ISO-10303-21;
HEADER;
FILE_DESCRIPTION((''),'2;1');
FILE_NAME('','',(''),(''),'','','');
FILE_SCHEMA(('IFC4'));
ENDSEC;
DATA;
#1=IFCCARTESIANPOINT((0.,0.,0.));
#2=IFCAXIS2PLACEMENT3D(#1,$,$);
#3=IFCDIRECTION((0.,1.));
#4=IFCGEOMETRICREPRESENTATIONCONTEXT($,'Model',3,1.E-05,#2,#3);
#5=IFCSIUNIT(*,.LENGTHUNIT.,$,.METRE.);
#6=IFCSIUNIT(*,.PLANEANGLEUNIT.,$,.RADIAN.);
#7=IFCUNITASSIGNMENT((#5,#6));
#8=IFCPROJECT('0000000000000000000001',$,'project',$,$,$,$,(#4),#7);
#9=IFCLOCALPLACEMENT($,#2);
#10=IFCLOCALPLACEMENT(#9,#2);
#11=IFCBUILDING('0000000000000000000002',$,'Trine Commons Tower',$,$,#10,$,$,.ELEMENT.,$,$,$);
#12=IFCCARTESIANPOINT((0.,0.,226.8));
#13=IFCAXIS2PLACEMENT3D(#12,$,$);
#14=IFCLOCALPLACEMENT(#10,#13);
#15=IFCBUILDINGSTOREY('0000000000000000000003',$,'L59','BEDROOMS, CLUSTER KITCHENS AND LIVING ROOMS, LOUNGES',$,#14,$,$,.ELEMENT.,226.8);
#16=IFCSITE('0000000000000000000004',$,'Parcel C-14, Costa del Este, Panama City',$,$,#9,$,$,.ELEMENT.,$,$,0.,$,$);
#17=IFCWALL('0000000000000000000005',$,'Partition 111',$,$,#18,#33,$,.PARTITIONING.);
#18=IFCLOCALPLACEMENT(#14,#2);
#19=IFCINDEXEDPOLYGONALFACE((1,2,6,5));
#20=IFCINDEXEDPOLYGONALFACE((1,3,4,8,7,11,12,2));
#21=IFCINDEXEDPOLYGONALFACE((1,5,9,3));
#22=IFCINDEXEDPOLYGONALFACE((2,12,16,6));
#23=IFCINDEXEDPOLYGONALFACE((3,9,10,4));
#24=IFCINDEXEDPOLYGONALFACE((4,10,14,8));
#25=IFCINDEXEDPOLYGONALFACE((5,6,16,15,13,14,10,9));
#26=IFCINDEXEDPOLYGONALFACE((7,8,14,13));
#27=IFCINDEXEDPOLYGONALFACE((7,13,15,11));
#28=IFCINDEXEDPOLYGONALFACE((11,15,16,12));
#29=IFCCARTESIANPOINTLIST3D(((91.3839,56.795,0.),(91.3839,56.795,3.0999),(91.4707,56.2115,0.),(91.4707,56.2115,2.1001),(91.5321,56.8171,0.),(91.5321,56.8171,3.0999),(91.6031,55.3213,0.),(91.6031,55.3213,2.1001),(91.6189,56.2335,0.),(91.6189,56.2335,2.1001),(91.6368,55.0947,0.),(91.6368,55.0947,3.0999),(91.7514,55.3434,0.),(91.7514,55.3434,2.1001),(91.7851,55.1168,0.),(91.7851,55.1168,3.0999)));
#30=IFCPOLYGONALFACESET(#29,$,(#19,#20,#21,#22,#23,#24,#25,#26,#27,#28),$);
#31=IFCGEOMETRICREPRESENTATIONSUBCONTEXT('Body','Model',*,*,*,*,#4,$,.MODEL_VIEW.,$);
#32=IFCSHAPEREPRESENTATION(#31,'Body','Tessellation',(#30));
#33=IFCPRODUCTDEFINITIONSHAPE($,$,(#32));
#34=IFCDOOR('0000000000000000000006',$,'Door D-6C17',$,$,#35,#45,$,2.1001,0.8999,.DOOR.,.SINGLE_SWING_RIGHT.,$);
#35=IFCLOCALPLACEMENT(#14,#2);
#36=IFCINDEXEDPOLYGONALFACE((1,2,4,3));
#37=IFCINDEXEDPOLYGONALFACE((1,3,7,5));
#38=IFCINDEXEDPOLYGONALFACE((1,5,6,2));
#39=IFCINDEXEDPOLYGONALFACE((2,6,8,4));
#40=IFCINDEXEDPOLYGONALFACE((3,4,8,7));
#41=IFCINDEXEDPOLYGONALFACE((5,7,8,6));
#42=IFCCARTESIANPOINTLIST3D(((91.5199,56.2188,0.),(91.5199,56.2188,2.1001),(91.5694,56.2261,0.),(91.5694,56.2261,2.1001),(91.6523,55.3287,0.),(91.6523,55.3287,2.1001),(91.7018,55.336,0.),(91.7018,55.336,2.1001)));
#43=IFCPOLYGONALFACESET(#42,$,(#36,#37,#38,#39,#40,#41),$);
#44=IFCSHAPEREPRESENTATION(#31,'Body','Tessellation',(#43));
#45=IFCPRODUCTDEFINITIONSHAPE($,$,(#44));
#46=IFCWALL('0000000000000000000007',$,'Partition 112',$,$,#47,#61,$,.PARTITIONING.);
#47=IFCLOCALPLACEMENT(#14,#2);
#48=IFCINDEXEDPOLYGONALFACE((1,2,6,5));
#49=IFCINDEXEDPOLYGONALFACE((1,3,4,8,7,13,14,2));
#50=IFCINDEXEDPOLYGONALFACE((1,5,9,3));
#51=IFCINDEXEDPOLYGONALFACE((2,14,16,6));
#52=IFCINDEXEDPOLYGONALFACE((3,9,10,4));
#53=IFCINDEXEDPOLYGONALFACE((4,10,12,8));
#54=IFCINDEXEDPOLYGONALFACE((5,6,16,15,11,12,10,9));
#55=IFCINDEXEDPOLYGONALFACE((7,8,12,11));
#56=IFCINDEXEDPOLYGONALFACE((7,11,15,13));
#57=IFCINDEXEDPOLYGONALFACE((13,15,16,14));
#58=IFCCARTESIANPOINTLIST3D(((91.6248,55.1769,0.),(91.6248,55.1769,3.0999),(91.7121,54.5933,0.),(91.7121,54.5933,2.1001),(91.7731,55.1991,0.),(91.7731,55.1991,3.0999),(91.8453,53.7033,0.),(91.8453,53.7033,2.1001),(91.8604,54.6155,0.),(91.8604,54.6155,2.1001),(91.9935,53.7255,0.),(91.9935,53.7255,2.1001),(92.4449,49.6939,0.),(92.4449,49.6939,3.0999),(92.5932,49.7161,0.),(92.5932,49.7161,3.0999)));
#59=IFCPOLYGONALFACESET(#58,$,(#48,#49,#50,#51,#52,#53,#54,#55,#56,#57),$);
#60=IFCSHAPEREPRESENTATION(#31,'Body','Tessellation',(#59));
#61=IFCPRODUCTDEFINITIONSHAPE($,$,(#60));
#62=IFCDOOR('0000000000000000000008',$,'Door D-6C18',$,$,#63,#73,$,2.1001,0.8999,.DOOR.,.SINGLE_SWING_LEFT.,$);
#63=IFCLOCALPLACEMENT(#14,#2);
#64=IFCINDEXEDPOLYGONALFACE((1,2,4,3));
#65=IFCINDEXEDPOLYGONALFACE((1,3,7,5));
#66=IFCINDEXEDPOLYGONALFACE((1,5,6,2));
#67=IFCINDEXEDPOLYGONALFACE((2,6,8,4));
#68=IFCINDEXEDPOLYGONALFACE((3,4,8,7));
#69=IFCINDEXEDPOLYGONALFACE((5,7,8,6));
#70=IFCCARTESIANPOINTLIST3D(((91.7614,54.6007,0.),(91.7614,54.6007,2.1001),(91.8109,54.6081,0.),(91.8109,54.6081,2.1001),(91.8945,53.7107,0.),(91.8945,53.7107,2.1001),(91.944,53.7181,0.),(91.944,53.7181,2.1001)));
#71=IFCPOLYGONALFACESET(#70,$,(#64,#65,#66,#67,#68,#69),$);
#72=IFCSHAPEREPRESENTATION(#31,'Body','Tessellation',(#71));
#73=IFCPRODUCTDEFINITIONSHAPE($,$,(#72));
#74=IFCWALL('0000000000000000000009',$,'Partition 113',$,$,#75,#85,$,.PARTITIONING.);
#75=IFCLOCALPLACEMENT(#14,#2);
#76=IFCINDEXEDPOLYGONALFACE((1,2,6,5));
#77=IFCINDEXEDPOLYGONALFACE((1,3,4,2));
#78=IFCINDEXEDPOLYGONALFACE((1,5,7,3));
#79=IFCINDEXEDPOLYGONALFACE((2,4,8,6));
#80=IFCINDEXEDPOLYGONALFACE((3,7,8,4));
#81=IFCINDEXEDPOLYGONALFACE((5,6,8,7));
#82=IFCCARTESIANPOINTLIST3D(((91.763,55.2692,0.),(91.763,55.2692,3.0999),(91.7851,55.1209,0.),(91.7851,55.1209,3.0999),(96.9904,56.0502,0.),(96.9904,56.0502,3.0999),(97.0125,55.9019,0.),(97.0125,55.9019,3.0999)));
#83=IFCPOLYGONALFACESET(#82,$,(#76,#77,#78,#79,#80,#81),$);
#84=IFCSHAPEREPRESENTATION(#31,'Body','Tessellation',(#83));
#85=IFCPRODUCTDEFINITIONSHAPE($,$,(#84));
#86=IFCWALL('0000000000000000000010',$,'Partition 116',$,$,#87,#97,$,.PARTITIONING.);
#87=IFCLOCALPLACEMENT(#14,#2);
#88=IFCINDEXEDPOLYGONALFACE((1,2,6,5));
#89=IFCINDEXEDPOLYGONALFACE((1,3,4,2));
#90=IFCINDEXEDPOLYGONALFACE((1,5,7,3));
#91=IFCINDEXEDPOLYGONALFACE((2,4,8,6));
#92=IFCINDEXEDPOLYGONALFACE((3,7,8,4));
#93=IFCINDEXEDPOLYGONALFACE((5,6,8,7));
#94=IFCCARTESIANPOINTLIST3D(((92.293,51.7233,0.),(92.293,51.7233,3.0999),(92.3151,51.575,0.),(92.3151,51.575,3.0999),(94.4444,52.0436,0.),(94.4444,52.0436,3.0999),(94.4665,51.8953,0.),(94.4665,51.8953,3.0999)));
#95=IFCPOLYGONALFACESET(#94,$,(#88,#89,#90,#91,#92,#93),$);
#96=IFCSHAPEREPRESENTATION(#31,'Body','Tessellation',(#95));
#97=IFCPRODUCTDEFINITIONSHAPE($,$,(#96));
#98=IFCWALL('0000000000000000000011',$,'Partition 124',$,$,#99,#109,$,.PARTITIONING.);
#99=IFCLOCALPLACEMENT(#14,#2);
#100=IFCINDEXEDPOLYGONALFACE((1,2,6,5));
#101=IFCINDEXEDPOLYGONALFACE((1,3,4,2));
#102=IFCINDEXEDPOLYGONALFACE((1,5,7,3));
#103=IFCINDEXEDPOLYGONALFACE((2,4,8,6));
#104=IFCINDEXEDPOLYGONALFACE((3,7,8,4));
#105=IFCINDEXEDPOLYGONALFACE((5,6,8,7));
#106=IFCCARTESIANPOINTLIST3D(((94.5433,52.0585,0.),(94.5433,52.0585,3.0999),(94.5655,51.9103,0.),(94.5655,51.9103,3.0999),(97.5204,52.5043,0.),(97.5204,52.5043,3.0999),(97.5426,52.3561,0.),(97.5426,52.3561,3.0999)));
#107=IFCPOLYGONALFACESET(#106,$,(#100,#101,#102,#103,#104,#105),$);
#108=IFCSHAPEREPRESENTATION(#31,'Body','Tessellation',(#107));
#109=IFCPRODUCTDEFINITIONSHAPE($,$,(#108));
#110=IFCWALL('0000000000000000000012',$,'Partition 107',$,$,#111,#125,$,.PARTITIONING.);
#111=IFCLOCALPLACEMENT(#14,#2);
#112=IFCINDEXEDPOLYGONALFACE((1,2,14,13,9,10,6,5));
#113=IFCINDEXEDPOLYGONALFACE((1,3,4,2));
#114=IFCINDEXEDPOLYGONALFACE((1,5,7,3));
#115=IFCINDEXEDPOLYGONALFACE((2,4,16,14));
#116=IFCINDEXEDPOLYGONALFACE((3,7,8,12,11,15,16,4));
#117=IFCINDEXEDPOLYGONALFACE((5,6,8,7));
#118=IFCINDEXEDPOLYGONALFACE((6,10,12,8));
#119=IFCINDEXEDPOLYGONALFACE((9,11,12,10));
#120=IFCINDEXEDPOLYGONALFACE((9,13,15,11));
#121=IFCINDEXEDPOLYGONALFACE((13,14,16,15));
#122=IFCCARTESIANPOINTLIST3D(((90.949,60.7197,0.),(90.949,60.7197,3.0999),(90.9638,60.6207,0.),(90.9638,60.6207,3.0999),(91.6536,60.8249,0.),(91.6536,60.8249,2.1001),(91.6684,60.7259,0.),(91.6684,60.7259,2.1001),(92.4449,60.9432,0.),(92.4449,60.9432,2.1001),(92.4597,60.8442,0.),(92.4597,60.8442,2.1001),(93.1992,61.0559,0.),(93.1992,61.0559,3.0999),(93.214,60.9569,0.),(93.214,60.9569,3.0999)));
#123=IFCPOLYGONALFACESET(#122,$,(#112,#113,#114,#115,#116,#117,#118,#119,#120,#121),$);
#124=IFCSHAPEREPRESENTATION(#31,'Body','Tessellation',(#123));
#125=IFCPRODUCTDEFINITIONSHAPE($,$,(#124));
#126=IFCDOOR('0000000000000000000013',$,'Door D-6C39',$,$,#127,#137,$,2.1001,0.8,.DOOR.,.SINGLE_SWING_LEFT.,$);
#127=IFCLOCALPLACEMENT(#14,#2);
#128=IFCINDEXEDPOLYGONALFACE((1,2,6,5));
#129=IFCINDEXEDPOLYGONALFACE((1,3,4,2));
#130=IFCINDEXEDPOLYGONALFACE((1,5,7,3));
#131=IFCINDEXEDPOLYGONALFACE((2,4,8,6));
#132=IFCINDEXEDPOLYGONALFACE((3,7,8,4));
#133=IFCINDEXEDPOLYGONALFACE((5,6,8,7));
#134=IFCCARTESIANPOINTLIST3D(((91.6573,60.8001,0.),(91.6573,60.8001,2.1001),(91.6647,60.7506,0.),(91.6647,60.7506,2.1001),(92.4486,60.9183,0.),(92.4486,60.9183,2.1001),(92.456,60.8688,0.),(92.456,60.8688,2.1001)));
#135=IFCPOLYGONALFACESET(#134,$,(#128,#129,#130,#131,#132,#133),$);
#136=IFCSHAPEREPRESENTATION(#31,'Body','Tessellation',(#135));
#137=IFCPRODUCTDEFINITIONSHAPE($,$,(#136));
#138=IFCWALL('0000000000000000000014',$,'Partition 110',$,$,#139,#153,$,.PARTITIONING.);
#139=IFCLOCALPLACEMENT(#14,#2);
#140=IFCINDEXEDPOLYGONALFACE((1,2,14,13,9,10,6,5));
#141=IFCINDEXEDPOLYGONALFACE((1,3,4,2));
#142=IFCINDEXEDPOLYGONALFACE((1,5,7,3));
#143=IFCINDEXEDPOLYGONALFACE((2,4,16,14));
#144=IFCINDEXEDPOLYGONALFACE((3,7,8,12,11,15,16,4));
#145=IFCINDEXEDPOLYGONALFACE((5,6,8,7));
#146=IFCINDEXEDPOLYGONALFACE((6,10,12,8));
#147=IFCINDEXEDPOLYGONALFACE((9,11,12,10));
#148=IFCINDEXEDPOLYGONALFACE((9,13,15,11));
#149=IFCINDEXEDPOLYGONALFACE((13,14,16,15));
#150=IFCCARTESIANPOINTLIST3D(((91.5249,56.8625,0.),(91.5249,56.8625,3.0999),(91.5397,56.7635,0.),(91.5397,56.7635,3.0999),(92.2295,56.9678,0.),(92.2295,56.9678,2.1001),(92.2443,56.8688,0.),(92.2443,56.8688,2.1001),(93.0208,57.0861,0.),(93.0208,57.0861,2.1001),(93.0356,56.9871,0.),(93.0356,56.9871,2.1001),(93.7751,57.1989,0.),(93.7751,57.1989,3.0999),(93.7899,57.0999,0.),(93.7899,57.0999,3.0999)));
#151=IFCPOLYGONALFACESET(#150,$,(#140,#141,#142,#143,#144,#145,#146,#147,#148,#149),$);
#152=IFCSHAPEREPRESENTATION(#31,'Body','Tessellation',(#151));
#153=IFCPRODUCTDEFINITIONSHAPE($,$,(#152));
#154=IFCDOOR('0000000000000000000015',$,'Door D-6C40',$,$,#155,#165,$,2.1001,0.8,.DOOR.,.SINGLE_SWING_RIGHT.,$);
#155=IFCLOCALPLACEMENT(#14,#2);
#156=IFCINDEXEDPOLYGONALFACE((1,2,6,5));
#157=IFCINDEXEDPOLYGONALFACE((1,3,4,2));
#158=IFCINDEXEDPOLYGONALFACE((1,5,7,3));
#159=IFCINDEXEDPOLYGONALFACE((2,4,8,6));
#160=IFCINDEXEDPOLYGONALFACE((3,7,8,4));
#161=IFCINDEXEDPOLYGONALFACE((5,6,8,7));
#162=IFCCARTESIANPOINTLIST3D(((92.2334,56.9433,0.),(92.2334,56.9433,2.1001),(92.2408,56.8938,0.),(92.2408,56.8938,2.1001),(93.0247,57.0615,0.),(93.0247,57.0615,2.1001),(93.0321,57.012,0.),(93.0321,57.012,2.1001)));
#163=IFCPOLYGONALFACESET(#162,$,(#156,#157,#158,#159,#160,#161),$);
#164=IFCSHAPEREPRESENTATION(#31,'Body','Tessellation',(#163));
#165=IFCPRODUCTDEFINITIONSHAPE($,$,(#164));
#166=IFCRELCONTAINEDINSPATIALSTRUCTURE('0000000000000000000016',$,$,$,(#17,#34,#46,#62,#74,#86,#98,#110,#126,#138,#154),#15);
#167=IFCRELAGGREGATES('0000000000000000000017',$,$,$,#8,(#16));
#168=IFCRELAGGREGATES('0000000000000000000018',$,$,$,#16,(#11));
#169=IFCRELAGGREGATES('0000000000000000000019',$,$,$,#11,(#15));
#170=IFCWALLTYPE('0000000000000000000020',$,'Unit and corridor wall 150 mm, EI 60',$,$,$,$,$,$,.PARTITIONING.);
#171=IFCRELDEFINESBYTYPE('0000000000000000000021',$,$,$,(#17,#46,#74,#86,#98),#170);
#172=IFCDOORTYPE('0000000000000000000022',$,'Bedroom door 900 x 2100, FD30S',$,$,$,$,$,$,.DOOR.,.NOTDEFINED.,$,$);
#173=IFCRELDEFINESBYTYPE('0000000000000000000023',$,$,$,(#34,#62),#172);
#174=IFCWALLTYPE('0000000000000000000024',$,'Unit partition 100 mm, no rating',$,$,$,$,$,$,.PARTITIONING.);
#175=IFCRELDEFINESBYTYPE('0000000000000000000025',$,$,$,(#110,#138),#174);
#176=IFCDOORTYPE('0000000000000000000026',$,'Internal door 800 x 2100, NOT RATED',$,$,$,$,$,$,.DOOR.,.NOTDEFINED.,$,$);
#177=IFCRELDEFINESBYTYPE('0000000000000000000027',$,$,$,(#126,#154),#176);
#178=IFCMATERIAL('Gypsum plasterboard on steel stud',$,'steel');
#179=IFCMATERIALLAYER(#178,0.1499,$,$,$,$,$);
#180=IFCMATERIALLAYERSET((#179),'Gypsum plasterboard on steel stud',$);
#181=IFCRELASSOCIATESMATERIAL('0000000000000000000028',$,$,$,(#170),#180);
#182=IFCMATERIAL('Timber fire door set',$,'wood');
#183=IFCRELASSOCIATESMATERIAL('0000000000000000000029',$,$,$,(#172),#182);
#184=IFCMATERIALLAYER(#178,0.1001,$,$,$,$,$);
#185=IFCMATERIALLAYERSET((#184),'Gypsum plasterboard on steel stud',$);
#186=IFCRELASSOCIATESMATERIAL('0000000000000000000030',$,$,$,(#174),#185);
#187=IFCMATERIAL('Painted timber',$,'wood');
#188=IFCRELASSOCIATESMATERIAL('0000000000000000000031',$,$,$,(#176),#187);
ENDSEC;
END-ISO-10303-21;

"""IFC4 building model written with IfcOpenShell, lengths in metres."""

from ifc_helpers import new_model, si_unit, direction, frame, frame_2d, origin, place, context, subcontext, project, spatial, rectangle, extrude, material, layer, layer_set, type_object, element, fill, save


model = new_model("IFC4")

# Units and contexts
model_context = context("Model", 3, precision=1e-05, world=origin(), true_north=direction((0.0, 1.0)))
body_context = subcontext(model_context, "Body", "Model", "MODEL_VIEW")
ifc_project = project(units=[si_unit("LENGTHUNIT", "METRE"), si_unit("PLANEANGLEUNIT", "RADIAN")], contexts=[model_context])

# Site, building, storey
site_placement = place(None, origin())
site = spatial("IfcSite", under=ifc_project, at=site_placement, Name="Parcel C-14, Costa del Este, Panama City", CompositionType="ELEMENT", RefElevation=0.0)
building_placement = place(site_placement, origin())
building = spatial("IfcBuilding", under=site, at=building_placement, Name="Trine Commons Tower", CompositionType="ELEMENT")
storey_placement = place(building_placement, frame((0.0, 0.0, 226.8)))
storey = spatial("IfcBuildingStorey", under=building, at=storey_placement, Name="L59", Description="BEDROOMS, CLUSTER KITCHENS AND LIVING ROOMS, LOUNGES", CompositionType="ELEMENT", Elevation=226.8)

# Shared definitions
ifc_material_1 = material(Name="Gypsum plasterboard on steel stud", Category="steel")
ifc_layer_1 = layer(ifc_material_1, 0.1499)
ifc_layer_set_1 = layer_set([ifc_layer_1], Name="Gypsum plasterboard on steel stud")
wall_type_1 = type_object("IfcWallType", Name="Unit and corridor wall 150 mm, EI 60", PredefinedType="PARTITIONING", material=ifc_layer_set_1)

# Walls, openings, doors
wall_1_placement = place(storey_placement, frame((91.458, 56.8059, 0.0), z_axis=(0.0, 0.0, 1.0), x_axis=(0.147146, -0.989115, 0.0)))
wall_1 = element("IfcWall", 1, at=wall_1_placement, inside=storey, type_object=wall_type_1, Name="Partition 111", PredefinedType="PARTITIONING", context=body_context, shape_type="SweptSolid", body=[
    extrude(rectangle(XDim=1.719, YDim=0.1499, at=frame_2d((0.8594, 0.0))), origin(), (0.0, 0.0, 1.0), 3.0999),
])
opening_1_placement = place(wall_1_placement, frame((0.5898, 0.0, 0.0)))
opening_1 = element("IfcOpeningElement", 2, at=opening_1_placement, cuts=wall_1, PredefinedType="OPENING", context=body_context, shape_type="SweptSolid", body=[
    extrude(rectangle(XDim=0.8999, YDim=2.1001, at=frame_2d((0.45, 1.05))), frame((0.0, 0.085, 0.0), z_axis=(0.0, -1.0, 0.0), x_axis=(1.0, 0.0, 0.0)), (0.0, 0.0, 1.0), 0.1699),
])
ifc_material_2 = material(Name="Timber fire door set", Category="wood")
door_type_1 = type_object("IfcDoorType", Name="Bedroom door 900 x 2100, FD30S", OperationType="NOTDEFINED", PredefinedType="DOOR", material=ifc_material_2)
door_1_placement = place(opening_1_placement, origin())
door_1 = element("IfcDoor", 3, at=door_1_placement, inside=storey, type_object=door_type_1, Name="Door D-6C17", OperationType="SINGLE_SWING_RIGHT", OverallHeight=2.1001, OverallWidth=0.8999, PredefinedType="DOOR", context=body_context, shape_type="SweptSolid", body=[
    extrude(rectangle(XDim=0.8999, YDim=2.1001, at=frame_2d((0.45, 1.05))), frame((0.0, 0.0249, 0.0), z_axis=(0.0, -1.0, 0.0), x_axis=(1.0, 0.0, 0.0)), (0.0, 0.0, 1.0), 0.05),
])
fill(opening_1, door_1)
wall_2_placement = place(storey_placement, frame((91.699, 55.188, 0.0), z_axis=(0.0, 0.0, 1.0), x_axis=(0.147923, -0.988999, 0.0)))
wall_2 = element("IfcWall", 4, at=wall_2_placement, inside=storey, type_object=wall_type_1, Name="Partition 112", PredefinedType="PARTITIONING", context=body_context, shape_type="SweptSolid", body=[
    extrude(rectangle(XDim=5.5439, YDim=0.1499, at=frame_2d((2.772, 0.0))), origin(), (0.0, 0.0, 1.0), 3.0999),
])
opening_2_placement = place(wall_2_placement, frame((0.5901, 0.0, 0.0)))
opening_2 = element("IfcOpeningElement", 5, at=opening_2_placement, cuts=wall_2, PredefinedType="OPENING", context=body_context, shape_type="SweptSolid", body=[
    extrude(rectangle(XDim=0.8999, YDim=2.1001, at=frame_2d((0.45, 1.05))), frame((0.0, 0.085, 0.0), z_axis=(0.0, -1.0, 0.0), x_axis=(1.0, 0.0, 0.0)), (0.0, 0.0, 1.0), 0.1699),
])
door_2_placement = place(opening_2_placement, origin())
door_2 = element("IfcDoor", 6, at=door_2_placement, inside=storey, type_object=door_type_1, Name="Door D-6C18", OperationType="SINGLE_SWING_LEFT", OverallHeight=2.1001, OverallWidth=0.8999, PredefinedType="DOOR", context=body_context, shape_type="SweptSolid", body=[
    extrude(rectangle(XDim=0.8999, YDim=2.1001, at=frame_2d((0.45, 1.05))), frame((0.0, 0.0249, 0.0), z_axis=(0.0, -1.0, 0.0), x_axis=(1.0, 0.0, 0.0)), (0.0, 0.0, 1.0), 0.05),
])
fill(opening_2, door_2)

# Walls
wall_3_placement = place(storey_placement, frame((91.7742, 55.1951, 0.0), z_axis=(0.0, 0.0, 1.0), x_axis=(0.989022, 0.147769, 0.0)))
element("IfcWall", 7, at=wall_3_placement, inside=storey, type_object=wall_type_1, Name="Partition 113", PredefinedType="PARTITIONING", context=body_context, shape_type="SweptSolid", body=[
    extrude(rectangle(XDim=5.2854, YDim=0.1499, at=frame_2d((2.6426, 0.0))), origin(), (0.0, 0.0, 1.0), 3.0999),
])
wall_4_placement = place(storey_placement, frame((92.3042, 51.6492, 0.0), z_axis=(0.0, 0.0, 1.0), x_axis=(0.989097, 0.147265, 0.0)))
element("IfcWall", 8, at=wall_4_placement, inside=storey, type_object=wall_type_1, Name="Partition 116", PredefinedType="PARTITIONING", context=body_context, shape_type="SweptSolid", body=[
    extrude(rectangle(XDim=2.175, YDim=0.1499, at=frame_2d((1.0874, 0.0))), origin(), (0.0, 0.0, 1.0), 3.0999),
])
wall_5_placement = place(storey_placement, frame((94.5544, 51.9844, 0.0), z_axis=(0.0, 0.0, 1.0), x_axis=(0.988973, 0.148095, 0.0)))
element("IfcWall", 9, at=wall_5_placement, inside=storey, type_object=wall_type_1, Name="Partition 124", PredefinedType="PARTITIONING", context=body_context, shape_type="SweptSolid", body=[
    extrude(rectangle(XDim=3.0103, YDim=0.1499, at=frame_2d((1.5051, 0.0))), origin(), (0.0, 0.0, 1.0), 3.0999),
])

# Walls, openings, doors
ifc_layer_2 = layer(ifc_material_1, 0.1001)
ifc_layer_set_2 = layer_set([ifc_layer_2], Name="Gypsum plasterboard on steel stud")
wall_type_2 = type_object("IfcWallType", Name="Unit partition 100 mm, no rating", PredefinedType="PARTITIONING", material=ifc_layer_set_2)
wall_6_placement = place(storey_placement, frame((90.9563, 60.6702, 0.0), z_axis=(0.0, 0.0, 1.0), x_axis=(0.989024, 0.147758, 0.0)))
wall_6 = element("IfcWall", 10, at=wall_6_placement, inside=storey, type_object=wall_type_2, Name="Partition 107", PredefinedType="PARTITIONING", context=body_context, shape_type="SweptSolid", body=[
    extrude(rectangle(XDim=2.2751, YDim=0.1001, at=frame_2d((1.1377, 0.0))), origin(), (0.0, 0.0, 1.0), 3.0999),
])
opening_3_placement = place(wall_6_placement, frame((0.7126, 0.0, 0.0)))
opening_3 = element("IfcOpeningElement", 11, at=opening_3_placement, cuts=wall_6, PredefinedType="OPENING", context=body_context, shape_type="SweptSolid", body=[
    extrude(rectangle(XDim=0.8, YDim=2.1001, at=frame_2d((0.3999, 1.05))), frame((0.0, 0.0601, 0.0), z_axis=(0.0, -1.0, 0.0), x_axis=(1.0, 0.0, 0.0)), (0.0, 0.0, 1.0), 0.1201),
])
ifc_material_3 = material(Name="Painted timber", Category="wood")
door_type_2 = type_object("IfcDoorType", Name="Internal door 800 x 2100, NOT RATED", OperationType="NOTDEFINED", PredefinedType="DOOR", material=ifc_material_3)
door_3_placement = place(opening_3_placement, origin())
door_3 = element("IfcDoor", 12, at=door_3_placement, inside=storey, type_object=door_type_2, Name="Door D-6C39", OperationType="SINGLE_SWING_LEFT", OverallHeight=2.1001, OverallWidth=0.8, PredefinedType="DOOR", context=body_context, shape_type="SweptSolid", body=[
    extrude(rectangle(XDim=0.8, YDim=2.1001, at=frame_2d((0.3999, 1.05))), frame((0.0, 0.0249, 0.0), z_axis=(0.0, -1.0, 0.0), x_axis=(1.0, 0.0, 0.0)), (0.0, 0.0, 1.0), 0.05),
])
fill(opening_3, door_3)
wall_7_placement = place(storey_placement, frame((91.5322, 56.813, 0.0), z_axis=(0.0, 0.0, 1.0), x_axis=(0.989008, 0.147863, 0.0)))
wall_7 = element("IfcWall", 13, at=wall_7_placement, inside=storey, type_object=wall_type_2, Name="Partition 110", PredefinedType="PARTITIONING", context=body_context, shape_type="SweptSolid", body=[
    extrude(rectangle(XDim=2.2751, YDim=0.1001, at=frame_2d((1.1377, 0.0))), origin(), (0.0, 0.0, 1.0), 3.0999),
])
opening_4_placement = place(wall_7_placement, frame((0.7126, 0.0, 0.0)))
opening_4 = element("IfcOpeningElement", 14, at=opening_4_placement, cuts=wall_7, PredefinedType="OPENING", context=body_context, shape_type="SweptSolid", body=[
    extrude(rectangle(XDim=0.8, YDim=2.1001, at=frame_2d((0.3999, 1.05))), frame((0.0, 0.0601, 0.0), z_axis=(0.0, -1.0, 0.0), x_axis=(1.0, 0.0, 0.0)), (0.0, 0.0, 1.0), 0.1201),
])
door_4_placement = place(opening_4_placement, frame((0.8, 0.0, 0.0), z_axis=(0.0, 0.0, 1.0), x_axis=(-1.0, 0.0, 0.0)))
door_4 = element("IfcDoor", 15, at=door_4_placement, inside=storey, type_object=door_type_2, Name="Door D-6C40", OperationType="SINGLE_SWING_RIGHT", OverallHeight=2.1001, OverallWidth=0.8, PredefinedType="DOOR", context=body_context, shape_type="SweptSolid", body=[
    extrude(rectangle(XDim=0.8, YDim=2.1001, at=frame_2d((0.3999, 1.05))), frame((0.0, 0.0249, 0.0), z_axis=(0.0, -1.0, 0.0), x_axis=(1.0, 0.0, 0.0)), (0.0, 0.0, 1.0), 0.05),
])
fill(opening_4, door_4)

save(model, "model.ifc")
